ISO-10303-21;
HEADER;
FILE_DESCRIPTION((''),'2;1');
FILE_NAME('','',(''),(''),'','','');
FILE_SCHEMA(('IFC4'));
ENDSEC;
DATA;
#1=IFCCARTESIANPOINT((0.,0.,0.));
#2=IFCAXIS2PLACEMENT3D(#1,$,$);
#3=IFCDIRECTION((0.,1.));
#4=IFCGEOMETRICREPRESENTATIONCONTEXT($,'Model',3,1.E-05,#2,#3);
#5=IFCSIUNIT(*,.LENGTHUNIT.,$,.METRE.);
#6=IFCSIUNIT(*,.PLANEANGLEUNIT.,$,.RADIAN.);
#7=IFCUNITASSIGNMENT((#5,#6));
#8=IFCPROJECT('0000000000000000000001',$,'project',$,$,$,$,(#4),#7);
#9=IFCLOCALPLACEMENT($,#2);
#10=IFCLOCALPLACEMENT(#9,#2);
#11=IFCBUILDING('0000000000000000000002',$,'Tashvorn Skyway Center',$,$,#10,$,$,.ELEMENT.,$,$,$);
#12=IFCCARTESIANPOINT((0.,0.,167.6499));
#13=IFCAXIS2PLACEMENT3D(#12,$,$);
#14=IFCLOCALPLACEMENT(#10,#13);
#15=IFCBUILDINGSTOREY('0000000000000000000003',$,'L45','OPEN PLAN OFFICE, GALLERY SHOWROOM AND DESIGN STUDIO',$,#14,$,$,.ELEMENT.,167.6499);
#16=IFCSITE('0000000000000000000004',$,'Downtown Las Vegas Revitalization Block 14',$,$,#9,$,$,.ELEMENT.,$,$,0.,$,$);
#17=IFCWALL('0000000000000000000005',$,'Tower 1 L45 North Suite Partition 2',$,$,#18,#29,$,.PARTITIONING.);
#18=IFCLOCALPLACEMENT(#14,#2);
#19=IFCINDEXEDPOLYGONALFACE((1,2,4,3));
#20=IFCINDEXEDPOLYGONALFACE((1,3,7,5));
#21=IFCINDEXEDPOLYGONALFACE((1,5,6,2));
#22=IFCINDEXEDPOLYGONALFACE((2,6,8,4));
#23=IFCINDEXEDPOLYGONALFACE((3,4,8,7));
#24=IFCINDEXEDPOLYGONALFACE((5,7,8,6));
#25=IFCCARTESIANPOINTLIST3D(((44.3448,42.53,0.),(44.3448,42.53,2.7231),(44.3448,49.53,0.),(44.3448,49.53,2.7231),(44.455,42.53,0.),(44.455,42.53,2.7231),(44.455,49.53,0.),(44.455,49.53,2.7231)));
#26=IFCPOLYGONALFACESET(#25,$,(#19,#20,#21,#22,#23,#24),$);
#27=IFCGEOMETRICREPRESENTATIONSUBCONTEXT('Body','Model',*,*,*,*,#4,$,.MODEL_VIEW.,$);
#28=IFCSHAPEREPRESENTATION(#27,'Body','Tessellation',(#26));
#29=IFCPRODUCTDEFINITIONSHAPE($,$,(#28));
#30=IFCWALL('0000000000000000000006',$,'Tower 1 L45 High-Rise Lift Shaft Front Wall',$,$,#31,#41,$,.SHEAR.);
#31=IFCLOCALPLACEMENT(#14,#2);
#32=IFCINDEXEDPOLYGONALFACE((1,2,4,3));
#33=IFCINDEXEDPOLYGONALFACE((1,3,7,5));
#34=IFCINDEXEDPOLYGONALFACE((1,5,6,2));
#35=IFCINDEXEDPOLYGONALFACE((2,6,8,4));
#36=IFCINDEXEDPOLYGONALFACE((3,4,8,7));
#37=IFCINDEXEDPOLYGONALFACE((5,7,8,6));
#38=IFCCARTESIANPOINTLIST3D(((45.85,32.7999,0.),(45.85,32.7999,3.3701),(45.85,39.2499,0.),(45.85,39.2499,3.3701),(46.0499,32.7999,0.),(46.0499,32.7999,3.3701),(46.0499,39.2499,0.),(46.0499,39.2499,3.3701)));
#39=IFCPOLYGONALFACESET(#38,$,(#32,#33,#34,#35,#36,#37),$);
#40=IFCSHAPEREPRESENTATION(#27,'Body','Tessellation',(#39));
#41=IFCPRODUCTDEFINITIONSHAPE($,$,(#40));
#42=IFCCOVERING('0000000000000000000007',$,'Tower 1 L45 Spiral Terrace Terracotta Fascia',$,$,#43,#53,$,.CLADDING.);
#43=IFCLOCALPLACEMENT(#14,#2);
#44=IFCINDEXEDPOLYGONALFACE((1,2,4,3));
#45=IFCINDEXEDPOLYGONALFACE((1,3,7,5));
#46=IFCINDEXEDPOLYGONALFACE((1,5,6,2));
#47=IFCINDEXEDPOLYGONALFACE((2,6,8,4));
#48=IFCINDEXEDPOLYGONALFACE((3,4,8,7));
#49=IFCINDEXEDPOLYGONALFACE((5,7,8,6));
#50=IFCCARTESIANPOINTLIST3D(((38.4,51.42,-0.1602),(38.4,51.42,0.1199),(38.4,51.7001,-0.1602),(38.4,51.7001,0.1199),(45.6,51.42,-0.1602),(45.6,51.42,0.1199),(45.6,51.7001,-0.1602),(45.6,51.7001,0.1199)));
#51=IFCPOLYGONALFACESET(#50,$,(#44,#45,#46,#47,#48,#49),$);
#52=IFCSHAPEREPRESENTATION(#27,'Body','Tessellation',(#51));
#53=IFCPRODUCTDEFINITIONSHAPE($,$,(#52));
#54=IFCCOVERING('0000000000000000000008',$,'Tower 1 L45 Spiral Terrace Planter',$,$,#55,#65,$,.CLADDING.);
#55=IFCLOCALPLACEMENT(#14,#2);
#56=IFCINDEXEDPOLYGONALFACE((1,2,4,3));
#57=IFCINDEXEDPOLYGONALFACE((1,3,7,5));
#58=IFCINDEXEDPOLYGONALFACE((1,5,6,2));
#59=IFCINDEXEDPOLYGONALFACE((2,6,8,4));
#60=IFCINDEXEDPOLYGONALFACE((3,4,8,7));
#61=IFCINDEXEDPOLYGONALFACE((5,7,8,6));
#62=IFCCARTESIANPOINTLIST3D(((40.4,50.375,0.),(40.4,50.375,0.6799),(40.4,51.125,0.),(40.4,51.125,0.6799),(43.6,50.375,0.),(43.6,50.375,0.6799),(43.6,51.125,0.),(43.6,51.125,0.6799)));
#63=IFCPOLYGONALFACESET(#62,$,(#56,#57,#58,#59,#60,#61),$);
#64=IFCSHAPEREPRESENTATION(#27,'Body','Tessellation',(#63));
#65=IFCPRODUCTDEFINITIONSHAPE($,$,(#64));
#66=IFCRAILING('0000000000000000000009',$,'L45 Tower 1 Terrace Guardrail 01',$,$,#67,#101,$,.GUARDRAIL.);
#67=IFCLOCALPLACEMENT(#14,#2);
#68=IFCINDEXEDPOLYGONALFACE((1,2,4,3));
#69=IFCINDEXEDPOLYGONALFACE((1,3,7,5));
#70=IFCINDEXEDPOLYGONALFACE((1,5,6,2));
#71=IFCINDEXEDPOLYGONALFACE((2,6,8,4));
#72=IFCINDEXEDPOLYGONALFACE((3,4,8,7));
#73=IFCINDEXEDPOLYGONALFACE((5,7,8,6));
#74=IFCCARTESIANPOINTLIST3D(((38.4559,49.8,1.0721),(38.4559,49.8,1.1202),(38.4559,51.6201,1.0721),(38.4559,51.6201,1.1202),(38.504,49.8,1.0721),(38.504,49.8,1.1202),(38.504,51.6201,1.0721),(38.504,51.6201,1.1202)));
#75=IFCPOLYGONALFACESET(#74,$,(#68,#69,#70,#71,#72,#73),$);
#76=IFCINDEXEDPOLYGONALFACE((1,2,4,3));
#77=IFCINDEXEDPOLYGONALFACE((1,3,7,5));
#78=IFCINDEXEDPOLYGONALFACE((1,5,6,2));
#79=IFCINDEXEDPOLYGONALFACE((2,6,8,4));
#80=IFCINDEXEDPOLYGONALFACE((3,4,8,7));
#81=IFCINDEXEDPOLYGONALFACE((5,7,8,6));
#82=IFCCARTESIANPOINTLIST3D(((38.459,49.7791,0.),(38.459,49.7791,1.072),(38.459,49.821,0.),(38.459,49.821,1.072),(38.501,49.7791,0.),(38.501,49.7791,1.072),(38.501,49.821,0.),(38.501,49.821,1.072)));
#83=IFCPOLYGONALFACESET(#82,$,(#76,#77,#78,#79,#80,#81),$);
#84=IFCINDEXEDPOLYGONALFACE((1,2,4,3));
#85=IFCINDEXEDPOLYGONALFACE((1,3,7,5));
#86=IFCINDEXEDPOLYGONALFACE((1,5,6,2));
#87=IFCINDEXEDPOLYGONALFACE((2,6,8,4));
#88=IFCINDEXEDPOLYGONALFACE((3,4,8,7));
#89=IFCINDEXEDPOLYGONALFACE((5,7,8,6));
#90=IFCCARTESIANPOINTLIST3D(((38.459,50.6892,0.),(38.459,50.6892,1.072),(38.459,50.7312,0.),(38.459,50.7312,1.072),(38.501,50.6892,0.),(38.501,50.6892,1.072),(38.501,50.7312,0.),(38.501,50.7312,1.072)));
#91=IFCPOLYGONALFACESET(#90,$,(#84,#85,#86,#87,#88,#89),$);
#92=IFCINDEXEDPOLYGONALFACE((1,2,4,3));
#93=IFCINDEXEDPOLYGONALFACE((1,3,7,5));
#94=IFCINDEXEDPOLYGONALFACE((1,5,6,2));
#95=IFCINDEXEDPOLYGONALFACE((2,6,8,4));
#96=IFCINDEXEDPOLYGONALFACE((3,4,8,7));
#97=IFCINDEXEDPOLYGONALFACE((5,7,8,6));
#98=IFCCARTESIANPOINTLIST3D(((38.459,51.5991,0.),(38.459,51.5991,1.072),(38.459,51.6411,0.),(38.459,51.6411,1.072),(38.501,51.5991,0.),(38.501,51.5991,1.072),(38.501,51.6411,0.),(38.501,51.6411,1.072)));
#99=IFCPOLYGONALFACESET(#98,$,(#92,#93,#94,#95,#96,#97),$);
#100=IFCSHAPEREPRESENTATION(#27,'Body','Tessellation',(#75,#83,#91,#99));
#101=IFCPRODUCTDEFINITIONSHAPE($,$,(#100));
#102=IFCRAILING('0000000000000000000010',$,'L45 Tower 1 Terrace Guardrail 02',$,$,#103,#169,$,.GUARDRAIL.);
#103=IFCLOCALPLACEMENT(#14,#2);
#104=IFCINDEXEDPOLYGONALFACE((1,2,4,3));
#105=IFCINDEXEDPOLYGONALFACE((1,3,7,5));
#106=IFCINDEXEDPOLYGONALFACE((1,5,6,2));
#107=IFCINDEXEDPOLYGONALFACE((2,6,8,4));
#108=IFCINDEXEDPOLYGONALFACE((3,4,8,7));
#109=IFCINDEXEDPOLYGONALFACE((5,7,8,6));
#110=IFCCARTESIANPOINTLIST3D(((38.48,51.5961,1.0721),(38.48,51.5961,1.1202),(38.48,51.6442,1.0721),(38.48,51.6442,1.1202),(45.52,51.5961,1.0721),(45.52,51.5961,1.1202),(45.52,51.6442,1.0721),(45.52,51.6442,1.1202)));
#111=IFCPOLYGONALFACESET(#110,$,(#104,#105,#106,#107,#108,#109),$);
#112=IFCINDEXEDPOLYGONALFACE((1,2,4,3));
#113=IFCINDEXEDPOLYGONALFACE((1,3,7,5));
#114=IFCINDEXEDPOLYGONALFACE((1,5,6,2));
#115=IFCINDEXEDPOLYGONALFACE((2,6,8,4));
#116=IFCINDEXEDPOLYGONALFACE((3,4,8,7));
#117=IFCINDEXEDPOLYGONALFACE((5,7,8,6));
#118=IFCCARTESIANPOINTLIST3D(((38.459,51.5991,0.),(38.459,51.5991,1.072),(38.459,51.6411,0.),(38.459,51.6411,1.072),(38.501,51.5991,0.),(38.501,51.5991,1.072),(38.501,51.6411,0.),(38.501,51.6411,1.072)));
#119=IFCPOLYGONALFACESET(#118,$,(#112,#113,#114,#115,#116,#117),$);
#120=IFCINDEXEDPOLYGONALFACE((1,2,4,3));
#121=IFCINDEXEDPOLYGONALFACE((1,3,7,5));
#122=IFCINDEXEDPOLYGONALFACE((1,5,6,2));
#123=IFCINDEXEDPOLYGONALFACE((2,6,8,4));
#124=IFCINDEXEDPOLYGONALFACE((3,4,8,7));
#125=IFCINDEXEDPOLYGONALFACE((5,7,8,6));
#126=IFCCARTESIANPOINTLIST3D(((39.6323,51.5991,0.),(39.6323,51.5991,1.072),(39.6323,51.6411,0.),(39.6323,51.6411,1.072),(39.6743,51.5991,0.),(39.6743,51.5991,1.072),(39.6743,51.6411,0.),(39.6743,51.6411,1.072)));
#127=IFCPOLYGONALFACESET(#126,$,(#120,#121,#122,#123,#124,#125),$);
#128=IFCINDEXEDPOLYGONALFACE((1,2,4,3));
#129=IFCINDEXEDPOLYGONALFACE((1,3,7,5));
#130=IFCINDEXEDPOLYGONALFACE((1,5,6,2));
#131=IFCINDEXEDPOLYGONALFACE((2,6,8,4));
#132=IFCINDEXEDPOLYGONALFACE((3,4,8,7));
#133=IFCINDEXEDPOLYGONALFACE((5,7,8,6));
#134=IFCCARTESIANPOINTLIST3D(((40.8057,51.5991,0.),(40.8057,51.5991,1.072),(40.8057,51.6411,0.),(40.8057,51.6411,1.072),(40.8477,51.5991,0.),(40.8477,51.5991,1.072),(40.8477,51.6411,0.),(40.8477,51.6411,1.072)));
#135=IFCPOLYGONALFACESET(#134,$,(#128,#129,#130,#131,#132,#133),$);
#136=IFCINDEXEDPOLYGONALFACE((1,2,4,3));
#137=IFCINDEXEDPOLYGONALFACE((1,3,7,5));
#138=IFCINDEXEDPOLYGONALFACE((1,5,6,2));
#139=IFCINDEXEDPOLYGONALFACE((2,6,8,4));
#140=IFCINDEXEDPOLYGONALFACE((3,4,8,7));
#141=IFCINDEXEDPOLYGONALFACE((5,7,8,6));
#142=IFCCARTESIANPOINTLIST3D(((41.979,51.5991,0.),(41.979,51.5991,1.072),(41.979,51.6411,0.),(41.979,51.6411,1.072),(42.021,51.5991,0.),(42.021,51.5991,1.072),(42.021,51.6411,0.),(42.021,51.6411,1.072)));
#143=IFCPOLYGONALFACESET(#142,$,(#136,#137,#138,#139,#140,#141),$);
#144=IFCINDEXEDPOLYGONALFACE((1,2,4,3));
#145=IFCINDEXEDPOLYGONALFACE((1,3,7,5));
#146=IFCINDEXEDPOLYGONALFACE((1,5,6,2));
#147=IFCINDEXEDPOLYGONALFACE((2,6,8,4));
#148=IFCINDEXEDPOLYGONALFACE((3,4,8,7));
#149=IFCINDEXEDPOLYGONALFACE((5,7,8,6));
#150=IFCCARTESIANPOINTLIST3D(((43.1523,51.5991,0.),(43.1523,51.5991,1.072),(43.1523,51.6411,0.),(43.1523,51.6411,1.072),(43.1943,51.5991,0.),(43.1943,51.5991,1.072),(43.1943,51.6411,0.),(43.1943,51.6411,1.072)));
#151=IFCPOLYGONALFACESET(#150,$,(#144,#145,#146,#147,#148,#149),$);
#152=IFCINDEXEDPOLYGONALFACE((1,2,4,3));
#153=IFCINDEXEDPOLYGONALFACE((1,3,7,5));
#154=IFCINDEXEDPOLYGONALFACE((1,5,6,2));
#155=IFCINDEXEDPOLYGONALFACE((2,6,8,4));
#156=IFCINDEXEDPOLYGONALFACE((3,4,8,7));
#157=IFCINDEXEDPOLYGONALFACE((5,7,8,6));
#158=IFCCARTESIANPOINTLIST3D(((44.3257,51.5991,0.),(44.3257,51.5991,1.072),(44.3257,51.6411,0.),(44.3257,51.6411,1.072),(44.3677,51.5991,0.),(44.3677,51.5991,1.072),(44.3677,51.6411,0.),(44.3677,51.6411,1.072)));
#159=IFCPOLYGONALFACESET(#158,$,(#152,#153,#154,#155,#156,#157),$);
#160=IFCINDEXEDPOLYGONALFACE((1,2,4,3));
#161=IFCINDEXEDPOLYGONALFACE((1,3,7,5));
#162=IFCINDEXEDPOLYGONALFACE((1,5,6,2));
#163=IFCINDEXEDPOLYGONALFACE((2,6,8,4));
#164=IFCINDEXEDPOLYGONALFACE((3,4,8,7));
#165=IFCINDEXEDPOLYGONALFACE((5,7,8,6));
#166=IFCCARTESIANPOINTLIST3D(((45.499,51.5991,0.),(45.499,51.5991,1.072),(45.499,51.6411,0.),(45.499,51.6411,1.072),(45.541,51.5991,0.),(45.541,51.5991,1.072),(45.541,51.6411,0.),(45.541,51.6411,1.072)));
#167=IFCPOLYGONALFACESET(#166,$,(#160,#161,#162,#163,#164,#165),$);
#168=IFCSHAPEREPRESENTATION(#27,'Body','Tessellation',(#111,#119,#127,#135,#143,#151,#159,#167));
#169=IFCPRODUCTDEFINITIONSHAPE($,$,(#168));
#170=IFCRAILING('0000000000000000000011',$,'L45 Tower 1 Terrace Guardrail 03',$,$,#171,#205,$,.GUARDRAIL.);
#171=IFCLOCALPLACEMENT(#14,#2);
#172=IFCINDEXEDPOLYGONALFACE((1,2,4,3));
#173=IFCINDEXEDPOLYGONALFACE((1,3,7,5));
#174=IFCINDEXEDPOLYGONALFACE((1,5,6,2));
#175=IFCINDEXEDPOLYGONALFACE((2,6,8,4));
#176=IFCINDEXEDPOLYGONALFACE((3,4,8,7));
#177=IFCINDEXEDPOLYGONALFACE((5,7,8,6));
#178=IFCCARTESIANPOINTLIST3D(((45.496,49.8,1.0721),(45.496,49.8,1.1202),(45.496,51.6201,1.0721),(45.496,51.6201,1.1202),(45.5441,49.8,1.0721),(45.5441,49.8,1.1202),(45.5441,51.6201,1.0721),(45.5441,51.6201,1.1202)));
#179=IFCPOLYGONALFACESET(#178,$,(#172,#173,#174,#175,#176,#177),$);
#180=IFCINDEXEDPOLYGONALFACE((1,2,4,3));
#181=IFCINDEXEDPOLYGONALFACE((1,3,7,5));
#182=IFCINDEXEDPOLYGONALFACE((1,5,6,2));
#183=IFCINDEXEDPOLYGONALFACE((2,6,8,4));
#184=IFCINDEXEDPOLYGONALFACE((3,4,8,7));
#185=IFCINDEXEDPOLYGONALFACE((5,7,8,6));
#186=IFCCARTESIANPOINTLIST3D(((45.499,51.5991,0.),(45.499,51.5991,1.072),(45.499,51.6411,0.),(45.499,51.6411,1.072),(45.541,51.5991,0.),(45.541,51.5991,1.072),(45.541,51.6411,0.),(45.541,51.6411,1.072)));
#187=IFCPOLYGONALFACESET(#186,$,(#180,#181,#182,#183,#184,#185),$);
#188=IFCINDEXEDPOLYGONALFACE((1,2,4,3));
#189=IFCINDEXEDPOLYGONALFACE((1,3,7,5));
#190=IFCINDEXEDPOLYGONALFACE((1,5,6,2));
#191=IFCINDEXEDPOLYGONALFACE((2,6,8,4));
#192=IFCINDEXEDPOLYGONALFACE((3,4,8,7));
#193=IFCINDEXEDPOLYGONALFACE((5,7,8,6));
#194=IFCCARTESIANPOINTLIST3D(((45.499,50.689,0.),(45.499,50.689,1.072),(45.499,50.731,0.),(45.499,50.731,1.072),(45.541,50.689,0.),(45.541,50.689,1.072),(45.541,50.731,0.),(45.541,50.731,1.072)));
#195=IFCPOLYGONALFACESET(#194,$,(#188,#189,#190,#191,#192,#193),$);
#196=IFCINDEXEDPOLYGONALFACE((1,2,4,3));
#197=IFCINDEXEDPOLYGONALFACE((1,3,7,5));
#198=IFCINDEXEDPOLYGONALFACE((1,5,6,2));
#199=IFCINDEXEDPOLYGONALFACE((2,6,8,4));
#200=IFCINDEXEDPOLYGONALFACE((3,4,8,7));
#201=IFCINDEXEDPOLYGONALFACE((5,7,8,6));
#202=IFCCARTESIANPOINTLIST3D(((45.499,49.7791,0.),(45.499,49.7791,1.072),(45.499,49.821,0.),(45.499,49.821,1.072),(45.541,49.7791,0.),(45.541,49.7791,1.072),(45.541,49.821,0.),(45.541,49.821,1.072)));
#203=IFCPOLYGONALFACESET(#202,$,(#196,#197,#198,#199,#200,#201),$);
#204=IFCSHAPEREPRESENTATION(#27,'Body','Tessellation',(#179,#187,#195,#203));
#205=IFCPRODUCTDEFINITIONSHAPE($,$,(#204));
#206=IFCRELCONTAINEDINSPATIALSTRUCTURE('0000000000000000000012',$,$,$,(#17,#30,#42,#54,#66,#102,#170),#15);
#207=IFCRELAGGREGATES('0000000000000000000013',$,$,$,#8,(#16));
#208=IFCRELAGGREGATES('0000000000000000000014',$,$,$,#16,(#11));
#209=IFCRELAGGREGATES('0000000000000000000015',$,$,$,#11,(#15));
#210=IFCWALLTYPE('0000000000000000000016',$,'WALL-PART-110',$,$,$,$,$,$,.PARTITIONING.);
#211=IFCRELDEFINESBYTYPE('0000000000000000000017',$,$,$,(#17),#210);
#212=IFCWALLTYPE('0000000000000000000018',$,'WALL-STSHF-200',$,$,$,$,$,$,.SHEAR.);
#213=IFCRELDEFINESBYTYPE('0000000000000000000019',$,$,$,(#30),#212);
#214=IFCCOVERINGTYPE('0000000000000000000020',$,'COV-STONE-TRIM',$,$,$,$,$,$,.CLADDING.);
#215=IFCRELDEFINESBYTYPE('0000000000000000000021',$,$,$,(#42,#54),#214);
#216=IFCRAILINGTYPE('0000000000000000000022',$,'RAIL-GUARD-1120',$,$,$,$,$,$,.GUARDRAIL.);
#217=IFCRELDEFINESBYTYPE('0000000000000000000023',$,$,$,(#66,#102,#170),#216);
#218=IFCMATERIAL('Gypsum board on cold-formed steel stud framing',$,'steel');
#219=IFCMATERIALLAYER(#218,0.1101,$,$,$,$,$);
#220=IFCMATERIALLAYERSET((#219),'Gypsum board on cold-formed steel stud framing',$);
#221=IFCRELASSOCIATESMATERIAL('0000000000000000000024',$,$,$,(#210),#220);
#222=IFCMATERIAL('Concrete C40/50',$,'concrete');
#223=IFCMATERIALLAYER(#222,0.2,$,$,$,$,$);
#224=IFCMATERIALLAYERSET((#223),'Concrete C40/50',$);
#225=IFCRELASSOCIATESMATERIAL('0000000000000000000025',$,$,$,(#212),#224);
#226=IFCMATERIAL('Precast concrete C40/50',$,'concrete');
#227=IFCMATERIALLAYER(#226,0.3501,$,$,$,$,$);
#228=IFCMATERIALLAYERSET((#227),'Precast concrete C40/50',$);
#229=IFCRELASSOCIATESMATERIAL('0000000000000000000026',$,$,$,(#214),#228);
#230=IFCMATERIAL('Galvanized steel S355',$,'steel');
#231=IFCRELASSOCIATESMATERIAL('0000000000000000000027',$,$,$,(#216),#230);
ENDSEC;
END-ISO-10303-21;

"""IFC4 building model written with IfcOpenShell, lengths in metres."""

from ifc_helpers import new_model, si_unit, direction, frame, frame_2d, origin, origin_2d, place, context, subcontext, project, spatial, rectangle, extrude, material, layer, layer_set, type_object, element, save


model = new_model("IFC4")

# Units and contexts
model_context = context("Model", 3, precision=1e-05, world=origin(), true_north=direction((0.0, 1.0)))
body_context = subcontext(model_context, "Body", "Model", "MODEL_VIEW")
ifc_project = project(units=[si_unit("LENGTHUNIT", "METRE"), si_unit("PLANEANGLEUNIT", "RADIAN")], contexts=[model_context])

# Site, building, storey
site_placement = place(None, origin())
site = spatial("IfcSite", under=ifc_project, at=site_placement, Name="Downtown Las Vegas Revitalization Block 14", CompositionType="ELEMENT", RefElevation=0.0)
building_placement = place(site_placement, origin())
building = spatial("IfcBuilding", under=site, at=building_placement, Name="Tashvorn Skyway Center", CompositionType="ELEMENT")
storey_placement = place(building_placement, frame((0.0, 0.0, 167.6499)))
storey = spatial("IfcBuildingStorey", under=building, at=storey_placement, Name="L45", Description="OPEN PLAN OFFICE, GALLERY SHOWROOM AND DESIGN STUDIO", CompositionType="ELEMENT", Elevation=167.6499)

# Shared definitions
ifc_material_1 = material(Name="Precast concrete C40/50", Category="concrete")

# Walls
ifc_material_2 = material(Name="Gypsum board on cold-formed steel stud framing", Category="steel")
ifc_layer_1 = layer(ifc_material_2, 0.1101)
ifc_layer_set_1 = layer_set([ifc_layer_1], Name="Gypsum board on cold-formed steel stud framing")
wall_type_1 = type_object("IfcWallType", Name="WALL-PART-110", PredefinedType="PARTITIONING", material=ifc_layer_set_1)
wall_1_placement = place(storey_placement, frame((44.3999, 42.53, 0.0), z_axis=(0.0, 0.0, 1.0), x_axis=(0.0, 1.0, 0.0)))
element("IfcWall", 1, at=wall_1_placement, inside=storey, type_object=wall_type_1, Name="Tower 1 L45 North Suite Partition 2", PredefinedType="PARTITIONING", context=body_context, shape_type="SweptSolid", body=[
    extrude(rectangle(XDim=7.0, YDim=0.1101, at=frame_2d((3.5, 0.0))), origin(), (0.0, 0.0, 1.0), 2.7231),
])
ifc_material_3 = material(Name="Concrete C40/50", Category="concrete")
ifc_layer_2 = layer(ifc_material_3, 0.2)
ifc_layer_set_2 = layer_set([ifc_layer_2], Name="Concrete C40/50")
wall_type_2 = type_object("IfcWallType", Name="WALL-STSHF-200", PredefinedType="SHEAR", material=ifc_layer_set_2)
wall_2_placement = place(storey_placement, frame((45.95, 39.25, 0.0), z_axis=(0.0, 0.0, 1.0), x_axis=(0.0, -1.0, 0.0)))
element("IfcWall", 2, at=wall_2_placement, inside=storey, type_object=wall_type_2, Name="Tower 1 L45 High-Rise Lift Shaft Front Wall", PredefinedType="SHEAR", context=body_context, shape_type="SweptSolid", body=[
    extrude(rectangle(XDim=6.45, YDim=0.2, at=frame_2d((3.2251, 0.0))), origin(), (0.0, 0.0, 1.0), 3.3701),
])

# Coverings
ifc_layer_3 = layer(ifc_material_1, 0.3501)
ifc_layer_set_3 = layer_set([ifc_layer_3], Name="Precast concrete C40/50")
covering_type = type_object("IfcCoveringType", Name="COV-STONE-TRIM", PredefinedType="CLADDING", material=ifc_layer_set_3)
covering_1_placement = place(storey_placement, frame((42.0, 51.5601, -0.1602), z_axis=(0.0, 0.0, 1.0), x_axis=(1.0, 0.0, 0.0)))
element("IfcCovering", 3, at=covering_1_placement, inside=storey, type_object=covering_type, Name="Tower 1 L45 Spiral Terrace Terracotta Fascia", PredefinedType="CLADDING", context=body_context, shape_type="SweptSolid", body=[
    extrude(rectangle(XDim=7.2, YDim=0.28, at=origin_2d()), origin(), (0.0, 0.0, 1.0), 0.28),
])
covering_2_placement = place(storey_placement, frame((42.0, 50.75, 0.0), z_axis=(0.0, 0.0, 1.0), x_axis=(1.0, 0.0, 0.0)))
element("IfcCovering", 4, at=covering_2_placement, inside=storey, type_object=covering_type, Name="Tower 1 L45 Spiral Terrace Planter", PredefinedType="CLADDING", context=body_context, shape_type="SweptSolid", body=[
    extrude(rectangle(XDim=3.2, YDim=0.75, at=origin_2d()), origin(), (0.0, 0.0, 1.0), 0.6799),
])

# Railings
ifc_material_4 = material(Name="Galvanized steel S355", Category="steel")
railing_type = type_object("IfcRailingType", Name="RAIL-GUARD-1120", PredefinedType="GUARDRAIL", material=ifc_material_4)
railing_1_placement = place(storey_placement, frame((38.48, 49.8, 0.0)))
element("IfcRailing", 5, at=railing_1_placement, inside=storey, type_object=railing_type, Name="L45 Tower 1 Terrace Guardrail 01", PredefinedType="GUARDRAIL", context=body_context, shape_type="SweptSolid", body=[
    extrude(rectangle(XDim=0.0481, YDim=0.0481, at=origin_2d()), frame((0.0, 0.0, 1.0962), z_axis=(0.0, 1.0, 0.0), x_axis=(-1.0, 0.0, 0.0)), (0.0, 0.0, 1.0), 1.8201),
    extrude(rectangle(XDim=0.042, YDim=0.042, at=origin_2d()), origin(), (0.0, 0.0, 1.0), 1.072),
    extrude(rectangle(XDim=0.042, YDim=0.042, at=origin_2d()), frame((0.0, 0.9102, 0.0)), (0.0, 0.0, 1.0), 1.072),
    extrude(rectangle(XDim=0.042, YDim=0.042, at=origin_2d()), frame((0.0, 1.8201, 0.0)), (0.0, 0.0, 1.0), 1.072),
])
railing_2_placement = place(storey_placement, frame((38.48, 51.6201, 0.0)))
element("IfcRailing", 6, at=railing_2_placement, inside=storey, type_object=railing_type, Name="L45 Tower 1 Terrace Guardrail 02", PredefinedType="GUARDRAIL", context=body_context, shape_type="SweptSolid", body=[
    extrude(rectangle(XDim=0.0481, YDim=0.0481, at=origin_2d()), frame((0.0, 0.0, 1.0962), z_axis=(1.0, 0.0, 0.0), x_axis=(0.0, 1.0, 0.0)), (0.0, 0.0, 1.0), 7.04),
    extrude(rectangle(XDim=0.042, YDim=0.042, at=origin_2d()), origin(), (0.0, 0.0, 1.0), 1.072),
    extrude(rectangle(XDim=0.042, YDim=0.042, at=origin_2d()), frame((1.1733, 0.0, 0.0)), (0.0, 0.0, 1.0), 1.072),
    extrude(rectangle(XDim=0.042, YDim=0.042, at=origin_2d()), frame((2.3467, 0.0, 0.0)), (0.0, 0.0, 1.0), 1.072),
    extrude(rectangle(XDim=0.042, YDim=0.042, at=origin_2d()), frame((3.52, 0.0, 0.0)), (0.0, 0.0, 1.0), 1.072),
    extrude(rectangle(XDim=0.042, YDim=0.042, at=origin_2d()), frame((4.6934, 0.0, 0.0)), (0.0, 0.0, 1.0), 1.072),
    extrude(rectangle(XDim=0.042, YDim=0.042, at=origin_2d()), frame((5.8667, 0.0, 0.0)), (0.0, 0.0, 1.0), 1.072),
    extrude(rectangle(XDim=0.042, YDim=0.042, at=origin_2d()), frame((7.04, 0.0, 0.0)), (0.0, 0.0, 1.0), 1.072),
])
railing_3_placement = place(storey_placement, frame((45.52, 51.6201, 0.0)))
element("IfcRailing", 7, at=railing_3_placement, inside=storey, type_object=railing_type, Name="L45 Tower 1 Terrace Guardrail 03", PredefinedType="GUARDRAIL", context=body_context, shape_type="SweptSolid", body=[
    extrude(rectangle(XDim=0.0481, YDim=0.0481, at=origin_2d()), frame((0.0, 0.0, 1.0962), z_axis=(0.0, -1.0, 0.0), x_axis=(1.0, 0.0, 0.0)), (0.0, 0.0, 1.0), 1.8201),
    extrude(rectangle(XDim=0.042, YDim=0.042, at=origin_2d()), origin(), (0.0, 0.0, 1.0), 1.072),
    extrude(rectangle(XDim=0.042, YDim=0.042, at=origin_2d()), frame((0.0, -0.9102, 0.0)), (0.0, 0.0, 1.0), 1.072),
    extrude(rectangle(XDim=0.042, YDim=0.042, at=origin_2d()), frame((0.0, -1.8201, 0.0)), (0.0, 0.0, 1.0), 1.072),
])

save(model, "model.ifc")
